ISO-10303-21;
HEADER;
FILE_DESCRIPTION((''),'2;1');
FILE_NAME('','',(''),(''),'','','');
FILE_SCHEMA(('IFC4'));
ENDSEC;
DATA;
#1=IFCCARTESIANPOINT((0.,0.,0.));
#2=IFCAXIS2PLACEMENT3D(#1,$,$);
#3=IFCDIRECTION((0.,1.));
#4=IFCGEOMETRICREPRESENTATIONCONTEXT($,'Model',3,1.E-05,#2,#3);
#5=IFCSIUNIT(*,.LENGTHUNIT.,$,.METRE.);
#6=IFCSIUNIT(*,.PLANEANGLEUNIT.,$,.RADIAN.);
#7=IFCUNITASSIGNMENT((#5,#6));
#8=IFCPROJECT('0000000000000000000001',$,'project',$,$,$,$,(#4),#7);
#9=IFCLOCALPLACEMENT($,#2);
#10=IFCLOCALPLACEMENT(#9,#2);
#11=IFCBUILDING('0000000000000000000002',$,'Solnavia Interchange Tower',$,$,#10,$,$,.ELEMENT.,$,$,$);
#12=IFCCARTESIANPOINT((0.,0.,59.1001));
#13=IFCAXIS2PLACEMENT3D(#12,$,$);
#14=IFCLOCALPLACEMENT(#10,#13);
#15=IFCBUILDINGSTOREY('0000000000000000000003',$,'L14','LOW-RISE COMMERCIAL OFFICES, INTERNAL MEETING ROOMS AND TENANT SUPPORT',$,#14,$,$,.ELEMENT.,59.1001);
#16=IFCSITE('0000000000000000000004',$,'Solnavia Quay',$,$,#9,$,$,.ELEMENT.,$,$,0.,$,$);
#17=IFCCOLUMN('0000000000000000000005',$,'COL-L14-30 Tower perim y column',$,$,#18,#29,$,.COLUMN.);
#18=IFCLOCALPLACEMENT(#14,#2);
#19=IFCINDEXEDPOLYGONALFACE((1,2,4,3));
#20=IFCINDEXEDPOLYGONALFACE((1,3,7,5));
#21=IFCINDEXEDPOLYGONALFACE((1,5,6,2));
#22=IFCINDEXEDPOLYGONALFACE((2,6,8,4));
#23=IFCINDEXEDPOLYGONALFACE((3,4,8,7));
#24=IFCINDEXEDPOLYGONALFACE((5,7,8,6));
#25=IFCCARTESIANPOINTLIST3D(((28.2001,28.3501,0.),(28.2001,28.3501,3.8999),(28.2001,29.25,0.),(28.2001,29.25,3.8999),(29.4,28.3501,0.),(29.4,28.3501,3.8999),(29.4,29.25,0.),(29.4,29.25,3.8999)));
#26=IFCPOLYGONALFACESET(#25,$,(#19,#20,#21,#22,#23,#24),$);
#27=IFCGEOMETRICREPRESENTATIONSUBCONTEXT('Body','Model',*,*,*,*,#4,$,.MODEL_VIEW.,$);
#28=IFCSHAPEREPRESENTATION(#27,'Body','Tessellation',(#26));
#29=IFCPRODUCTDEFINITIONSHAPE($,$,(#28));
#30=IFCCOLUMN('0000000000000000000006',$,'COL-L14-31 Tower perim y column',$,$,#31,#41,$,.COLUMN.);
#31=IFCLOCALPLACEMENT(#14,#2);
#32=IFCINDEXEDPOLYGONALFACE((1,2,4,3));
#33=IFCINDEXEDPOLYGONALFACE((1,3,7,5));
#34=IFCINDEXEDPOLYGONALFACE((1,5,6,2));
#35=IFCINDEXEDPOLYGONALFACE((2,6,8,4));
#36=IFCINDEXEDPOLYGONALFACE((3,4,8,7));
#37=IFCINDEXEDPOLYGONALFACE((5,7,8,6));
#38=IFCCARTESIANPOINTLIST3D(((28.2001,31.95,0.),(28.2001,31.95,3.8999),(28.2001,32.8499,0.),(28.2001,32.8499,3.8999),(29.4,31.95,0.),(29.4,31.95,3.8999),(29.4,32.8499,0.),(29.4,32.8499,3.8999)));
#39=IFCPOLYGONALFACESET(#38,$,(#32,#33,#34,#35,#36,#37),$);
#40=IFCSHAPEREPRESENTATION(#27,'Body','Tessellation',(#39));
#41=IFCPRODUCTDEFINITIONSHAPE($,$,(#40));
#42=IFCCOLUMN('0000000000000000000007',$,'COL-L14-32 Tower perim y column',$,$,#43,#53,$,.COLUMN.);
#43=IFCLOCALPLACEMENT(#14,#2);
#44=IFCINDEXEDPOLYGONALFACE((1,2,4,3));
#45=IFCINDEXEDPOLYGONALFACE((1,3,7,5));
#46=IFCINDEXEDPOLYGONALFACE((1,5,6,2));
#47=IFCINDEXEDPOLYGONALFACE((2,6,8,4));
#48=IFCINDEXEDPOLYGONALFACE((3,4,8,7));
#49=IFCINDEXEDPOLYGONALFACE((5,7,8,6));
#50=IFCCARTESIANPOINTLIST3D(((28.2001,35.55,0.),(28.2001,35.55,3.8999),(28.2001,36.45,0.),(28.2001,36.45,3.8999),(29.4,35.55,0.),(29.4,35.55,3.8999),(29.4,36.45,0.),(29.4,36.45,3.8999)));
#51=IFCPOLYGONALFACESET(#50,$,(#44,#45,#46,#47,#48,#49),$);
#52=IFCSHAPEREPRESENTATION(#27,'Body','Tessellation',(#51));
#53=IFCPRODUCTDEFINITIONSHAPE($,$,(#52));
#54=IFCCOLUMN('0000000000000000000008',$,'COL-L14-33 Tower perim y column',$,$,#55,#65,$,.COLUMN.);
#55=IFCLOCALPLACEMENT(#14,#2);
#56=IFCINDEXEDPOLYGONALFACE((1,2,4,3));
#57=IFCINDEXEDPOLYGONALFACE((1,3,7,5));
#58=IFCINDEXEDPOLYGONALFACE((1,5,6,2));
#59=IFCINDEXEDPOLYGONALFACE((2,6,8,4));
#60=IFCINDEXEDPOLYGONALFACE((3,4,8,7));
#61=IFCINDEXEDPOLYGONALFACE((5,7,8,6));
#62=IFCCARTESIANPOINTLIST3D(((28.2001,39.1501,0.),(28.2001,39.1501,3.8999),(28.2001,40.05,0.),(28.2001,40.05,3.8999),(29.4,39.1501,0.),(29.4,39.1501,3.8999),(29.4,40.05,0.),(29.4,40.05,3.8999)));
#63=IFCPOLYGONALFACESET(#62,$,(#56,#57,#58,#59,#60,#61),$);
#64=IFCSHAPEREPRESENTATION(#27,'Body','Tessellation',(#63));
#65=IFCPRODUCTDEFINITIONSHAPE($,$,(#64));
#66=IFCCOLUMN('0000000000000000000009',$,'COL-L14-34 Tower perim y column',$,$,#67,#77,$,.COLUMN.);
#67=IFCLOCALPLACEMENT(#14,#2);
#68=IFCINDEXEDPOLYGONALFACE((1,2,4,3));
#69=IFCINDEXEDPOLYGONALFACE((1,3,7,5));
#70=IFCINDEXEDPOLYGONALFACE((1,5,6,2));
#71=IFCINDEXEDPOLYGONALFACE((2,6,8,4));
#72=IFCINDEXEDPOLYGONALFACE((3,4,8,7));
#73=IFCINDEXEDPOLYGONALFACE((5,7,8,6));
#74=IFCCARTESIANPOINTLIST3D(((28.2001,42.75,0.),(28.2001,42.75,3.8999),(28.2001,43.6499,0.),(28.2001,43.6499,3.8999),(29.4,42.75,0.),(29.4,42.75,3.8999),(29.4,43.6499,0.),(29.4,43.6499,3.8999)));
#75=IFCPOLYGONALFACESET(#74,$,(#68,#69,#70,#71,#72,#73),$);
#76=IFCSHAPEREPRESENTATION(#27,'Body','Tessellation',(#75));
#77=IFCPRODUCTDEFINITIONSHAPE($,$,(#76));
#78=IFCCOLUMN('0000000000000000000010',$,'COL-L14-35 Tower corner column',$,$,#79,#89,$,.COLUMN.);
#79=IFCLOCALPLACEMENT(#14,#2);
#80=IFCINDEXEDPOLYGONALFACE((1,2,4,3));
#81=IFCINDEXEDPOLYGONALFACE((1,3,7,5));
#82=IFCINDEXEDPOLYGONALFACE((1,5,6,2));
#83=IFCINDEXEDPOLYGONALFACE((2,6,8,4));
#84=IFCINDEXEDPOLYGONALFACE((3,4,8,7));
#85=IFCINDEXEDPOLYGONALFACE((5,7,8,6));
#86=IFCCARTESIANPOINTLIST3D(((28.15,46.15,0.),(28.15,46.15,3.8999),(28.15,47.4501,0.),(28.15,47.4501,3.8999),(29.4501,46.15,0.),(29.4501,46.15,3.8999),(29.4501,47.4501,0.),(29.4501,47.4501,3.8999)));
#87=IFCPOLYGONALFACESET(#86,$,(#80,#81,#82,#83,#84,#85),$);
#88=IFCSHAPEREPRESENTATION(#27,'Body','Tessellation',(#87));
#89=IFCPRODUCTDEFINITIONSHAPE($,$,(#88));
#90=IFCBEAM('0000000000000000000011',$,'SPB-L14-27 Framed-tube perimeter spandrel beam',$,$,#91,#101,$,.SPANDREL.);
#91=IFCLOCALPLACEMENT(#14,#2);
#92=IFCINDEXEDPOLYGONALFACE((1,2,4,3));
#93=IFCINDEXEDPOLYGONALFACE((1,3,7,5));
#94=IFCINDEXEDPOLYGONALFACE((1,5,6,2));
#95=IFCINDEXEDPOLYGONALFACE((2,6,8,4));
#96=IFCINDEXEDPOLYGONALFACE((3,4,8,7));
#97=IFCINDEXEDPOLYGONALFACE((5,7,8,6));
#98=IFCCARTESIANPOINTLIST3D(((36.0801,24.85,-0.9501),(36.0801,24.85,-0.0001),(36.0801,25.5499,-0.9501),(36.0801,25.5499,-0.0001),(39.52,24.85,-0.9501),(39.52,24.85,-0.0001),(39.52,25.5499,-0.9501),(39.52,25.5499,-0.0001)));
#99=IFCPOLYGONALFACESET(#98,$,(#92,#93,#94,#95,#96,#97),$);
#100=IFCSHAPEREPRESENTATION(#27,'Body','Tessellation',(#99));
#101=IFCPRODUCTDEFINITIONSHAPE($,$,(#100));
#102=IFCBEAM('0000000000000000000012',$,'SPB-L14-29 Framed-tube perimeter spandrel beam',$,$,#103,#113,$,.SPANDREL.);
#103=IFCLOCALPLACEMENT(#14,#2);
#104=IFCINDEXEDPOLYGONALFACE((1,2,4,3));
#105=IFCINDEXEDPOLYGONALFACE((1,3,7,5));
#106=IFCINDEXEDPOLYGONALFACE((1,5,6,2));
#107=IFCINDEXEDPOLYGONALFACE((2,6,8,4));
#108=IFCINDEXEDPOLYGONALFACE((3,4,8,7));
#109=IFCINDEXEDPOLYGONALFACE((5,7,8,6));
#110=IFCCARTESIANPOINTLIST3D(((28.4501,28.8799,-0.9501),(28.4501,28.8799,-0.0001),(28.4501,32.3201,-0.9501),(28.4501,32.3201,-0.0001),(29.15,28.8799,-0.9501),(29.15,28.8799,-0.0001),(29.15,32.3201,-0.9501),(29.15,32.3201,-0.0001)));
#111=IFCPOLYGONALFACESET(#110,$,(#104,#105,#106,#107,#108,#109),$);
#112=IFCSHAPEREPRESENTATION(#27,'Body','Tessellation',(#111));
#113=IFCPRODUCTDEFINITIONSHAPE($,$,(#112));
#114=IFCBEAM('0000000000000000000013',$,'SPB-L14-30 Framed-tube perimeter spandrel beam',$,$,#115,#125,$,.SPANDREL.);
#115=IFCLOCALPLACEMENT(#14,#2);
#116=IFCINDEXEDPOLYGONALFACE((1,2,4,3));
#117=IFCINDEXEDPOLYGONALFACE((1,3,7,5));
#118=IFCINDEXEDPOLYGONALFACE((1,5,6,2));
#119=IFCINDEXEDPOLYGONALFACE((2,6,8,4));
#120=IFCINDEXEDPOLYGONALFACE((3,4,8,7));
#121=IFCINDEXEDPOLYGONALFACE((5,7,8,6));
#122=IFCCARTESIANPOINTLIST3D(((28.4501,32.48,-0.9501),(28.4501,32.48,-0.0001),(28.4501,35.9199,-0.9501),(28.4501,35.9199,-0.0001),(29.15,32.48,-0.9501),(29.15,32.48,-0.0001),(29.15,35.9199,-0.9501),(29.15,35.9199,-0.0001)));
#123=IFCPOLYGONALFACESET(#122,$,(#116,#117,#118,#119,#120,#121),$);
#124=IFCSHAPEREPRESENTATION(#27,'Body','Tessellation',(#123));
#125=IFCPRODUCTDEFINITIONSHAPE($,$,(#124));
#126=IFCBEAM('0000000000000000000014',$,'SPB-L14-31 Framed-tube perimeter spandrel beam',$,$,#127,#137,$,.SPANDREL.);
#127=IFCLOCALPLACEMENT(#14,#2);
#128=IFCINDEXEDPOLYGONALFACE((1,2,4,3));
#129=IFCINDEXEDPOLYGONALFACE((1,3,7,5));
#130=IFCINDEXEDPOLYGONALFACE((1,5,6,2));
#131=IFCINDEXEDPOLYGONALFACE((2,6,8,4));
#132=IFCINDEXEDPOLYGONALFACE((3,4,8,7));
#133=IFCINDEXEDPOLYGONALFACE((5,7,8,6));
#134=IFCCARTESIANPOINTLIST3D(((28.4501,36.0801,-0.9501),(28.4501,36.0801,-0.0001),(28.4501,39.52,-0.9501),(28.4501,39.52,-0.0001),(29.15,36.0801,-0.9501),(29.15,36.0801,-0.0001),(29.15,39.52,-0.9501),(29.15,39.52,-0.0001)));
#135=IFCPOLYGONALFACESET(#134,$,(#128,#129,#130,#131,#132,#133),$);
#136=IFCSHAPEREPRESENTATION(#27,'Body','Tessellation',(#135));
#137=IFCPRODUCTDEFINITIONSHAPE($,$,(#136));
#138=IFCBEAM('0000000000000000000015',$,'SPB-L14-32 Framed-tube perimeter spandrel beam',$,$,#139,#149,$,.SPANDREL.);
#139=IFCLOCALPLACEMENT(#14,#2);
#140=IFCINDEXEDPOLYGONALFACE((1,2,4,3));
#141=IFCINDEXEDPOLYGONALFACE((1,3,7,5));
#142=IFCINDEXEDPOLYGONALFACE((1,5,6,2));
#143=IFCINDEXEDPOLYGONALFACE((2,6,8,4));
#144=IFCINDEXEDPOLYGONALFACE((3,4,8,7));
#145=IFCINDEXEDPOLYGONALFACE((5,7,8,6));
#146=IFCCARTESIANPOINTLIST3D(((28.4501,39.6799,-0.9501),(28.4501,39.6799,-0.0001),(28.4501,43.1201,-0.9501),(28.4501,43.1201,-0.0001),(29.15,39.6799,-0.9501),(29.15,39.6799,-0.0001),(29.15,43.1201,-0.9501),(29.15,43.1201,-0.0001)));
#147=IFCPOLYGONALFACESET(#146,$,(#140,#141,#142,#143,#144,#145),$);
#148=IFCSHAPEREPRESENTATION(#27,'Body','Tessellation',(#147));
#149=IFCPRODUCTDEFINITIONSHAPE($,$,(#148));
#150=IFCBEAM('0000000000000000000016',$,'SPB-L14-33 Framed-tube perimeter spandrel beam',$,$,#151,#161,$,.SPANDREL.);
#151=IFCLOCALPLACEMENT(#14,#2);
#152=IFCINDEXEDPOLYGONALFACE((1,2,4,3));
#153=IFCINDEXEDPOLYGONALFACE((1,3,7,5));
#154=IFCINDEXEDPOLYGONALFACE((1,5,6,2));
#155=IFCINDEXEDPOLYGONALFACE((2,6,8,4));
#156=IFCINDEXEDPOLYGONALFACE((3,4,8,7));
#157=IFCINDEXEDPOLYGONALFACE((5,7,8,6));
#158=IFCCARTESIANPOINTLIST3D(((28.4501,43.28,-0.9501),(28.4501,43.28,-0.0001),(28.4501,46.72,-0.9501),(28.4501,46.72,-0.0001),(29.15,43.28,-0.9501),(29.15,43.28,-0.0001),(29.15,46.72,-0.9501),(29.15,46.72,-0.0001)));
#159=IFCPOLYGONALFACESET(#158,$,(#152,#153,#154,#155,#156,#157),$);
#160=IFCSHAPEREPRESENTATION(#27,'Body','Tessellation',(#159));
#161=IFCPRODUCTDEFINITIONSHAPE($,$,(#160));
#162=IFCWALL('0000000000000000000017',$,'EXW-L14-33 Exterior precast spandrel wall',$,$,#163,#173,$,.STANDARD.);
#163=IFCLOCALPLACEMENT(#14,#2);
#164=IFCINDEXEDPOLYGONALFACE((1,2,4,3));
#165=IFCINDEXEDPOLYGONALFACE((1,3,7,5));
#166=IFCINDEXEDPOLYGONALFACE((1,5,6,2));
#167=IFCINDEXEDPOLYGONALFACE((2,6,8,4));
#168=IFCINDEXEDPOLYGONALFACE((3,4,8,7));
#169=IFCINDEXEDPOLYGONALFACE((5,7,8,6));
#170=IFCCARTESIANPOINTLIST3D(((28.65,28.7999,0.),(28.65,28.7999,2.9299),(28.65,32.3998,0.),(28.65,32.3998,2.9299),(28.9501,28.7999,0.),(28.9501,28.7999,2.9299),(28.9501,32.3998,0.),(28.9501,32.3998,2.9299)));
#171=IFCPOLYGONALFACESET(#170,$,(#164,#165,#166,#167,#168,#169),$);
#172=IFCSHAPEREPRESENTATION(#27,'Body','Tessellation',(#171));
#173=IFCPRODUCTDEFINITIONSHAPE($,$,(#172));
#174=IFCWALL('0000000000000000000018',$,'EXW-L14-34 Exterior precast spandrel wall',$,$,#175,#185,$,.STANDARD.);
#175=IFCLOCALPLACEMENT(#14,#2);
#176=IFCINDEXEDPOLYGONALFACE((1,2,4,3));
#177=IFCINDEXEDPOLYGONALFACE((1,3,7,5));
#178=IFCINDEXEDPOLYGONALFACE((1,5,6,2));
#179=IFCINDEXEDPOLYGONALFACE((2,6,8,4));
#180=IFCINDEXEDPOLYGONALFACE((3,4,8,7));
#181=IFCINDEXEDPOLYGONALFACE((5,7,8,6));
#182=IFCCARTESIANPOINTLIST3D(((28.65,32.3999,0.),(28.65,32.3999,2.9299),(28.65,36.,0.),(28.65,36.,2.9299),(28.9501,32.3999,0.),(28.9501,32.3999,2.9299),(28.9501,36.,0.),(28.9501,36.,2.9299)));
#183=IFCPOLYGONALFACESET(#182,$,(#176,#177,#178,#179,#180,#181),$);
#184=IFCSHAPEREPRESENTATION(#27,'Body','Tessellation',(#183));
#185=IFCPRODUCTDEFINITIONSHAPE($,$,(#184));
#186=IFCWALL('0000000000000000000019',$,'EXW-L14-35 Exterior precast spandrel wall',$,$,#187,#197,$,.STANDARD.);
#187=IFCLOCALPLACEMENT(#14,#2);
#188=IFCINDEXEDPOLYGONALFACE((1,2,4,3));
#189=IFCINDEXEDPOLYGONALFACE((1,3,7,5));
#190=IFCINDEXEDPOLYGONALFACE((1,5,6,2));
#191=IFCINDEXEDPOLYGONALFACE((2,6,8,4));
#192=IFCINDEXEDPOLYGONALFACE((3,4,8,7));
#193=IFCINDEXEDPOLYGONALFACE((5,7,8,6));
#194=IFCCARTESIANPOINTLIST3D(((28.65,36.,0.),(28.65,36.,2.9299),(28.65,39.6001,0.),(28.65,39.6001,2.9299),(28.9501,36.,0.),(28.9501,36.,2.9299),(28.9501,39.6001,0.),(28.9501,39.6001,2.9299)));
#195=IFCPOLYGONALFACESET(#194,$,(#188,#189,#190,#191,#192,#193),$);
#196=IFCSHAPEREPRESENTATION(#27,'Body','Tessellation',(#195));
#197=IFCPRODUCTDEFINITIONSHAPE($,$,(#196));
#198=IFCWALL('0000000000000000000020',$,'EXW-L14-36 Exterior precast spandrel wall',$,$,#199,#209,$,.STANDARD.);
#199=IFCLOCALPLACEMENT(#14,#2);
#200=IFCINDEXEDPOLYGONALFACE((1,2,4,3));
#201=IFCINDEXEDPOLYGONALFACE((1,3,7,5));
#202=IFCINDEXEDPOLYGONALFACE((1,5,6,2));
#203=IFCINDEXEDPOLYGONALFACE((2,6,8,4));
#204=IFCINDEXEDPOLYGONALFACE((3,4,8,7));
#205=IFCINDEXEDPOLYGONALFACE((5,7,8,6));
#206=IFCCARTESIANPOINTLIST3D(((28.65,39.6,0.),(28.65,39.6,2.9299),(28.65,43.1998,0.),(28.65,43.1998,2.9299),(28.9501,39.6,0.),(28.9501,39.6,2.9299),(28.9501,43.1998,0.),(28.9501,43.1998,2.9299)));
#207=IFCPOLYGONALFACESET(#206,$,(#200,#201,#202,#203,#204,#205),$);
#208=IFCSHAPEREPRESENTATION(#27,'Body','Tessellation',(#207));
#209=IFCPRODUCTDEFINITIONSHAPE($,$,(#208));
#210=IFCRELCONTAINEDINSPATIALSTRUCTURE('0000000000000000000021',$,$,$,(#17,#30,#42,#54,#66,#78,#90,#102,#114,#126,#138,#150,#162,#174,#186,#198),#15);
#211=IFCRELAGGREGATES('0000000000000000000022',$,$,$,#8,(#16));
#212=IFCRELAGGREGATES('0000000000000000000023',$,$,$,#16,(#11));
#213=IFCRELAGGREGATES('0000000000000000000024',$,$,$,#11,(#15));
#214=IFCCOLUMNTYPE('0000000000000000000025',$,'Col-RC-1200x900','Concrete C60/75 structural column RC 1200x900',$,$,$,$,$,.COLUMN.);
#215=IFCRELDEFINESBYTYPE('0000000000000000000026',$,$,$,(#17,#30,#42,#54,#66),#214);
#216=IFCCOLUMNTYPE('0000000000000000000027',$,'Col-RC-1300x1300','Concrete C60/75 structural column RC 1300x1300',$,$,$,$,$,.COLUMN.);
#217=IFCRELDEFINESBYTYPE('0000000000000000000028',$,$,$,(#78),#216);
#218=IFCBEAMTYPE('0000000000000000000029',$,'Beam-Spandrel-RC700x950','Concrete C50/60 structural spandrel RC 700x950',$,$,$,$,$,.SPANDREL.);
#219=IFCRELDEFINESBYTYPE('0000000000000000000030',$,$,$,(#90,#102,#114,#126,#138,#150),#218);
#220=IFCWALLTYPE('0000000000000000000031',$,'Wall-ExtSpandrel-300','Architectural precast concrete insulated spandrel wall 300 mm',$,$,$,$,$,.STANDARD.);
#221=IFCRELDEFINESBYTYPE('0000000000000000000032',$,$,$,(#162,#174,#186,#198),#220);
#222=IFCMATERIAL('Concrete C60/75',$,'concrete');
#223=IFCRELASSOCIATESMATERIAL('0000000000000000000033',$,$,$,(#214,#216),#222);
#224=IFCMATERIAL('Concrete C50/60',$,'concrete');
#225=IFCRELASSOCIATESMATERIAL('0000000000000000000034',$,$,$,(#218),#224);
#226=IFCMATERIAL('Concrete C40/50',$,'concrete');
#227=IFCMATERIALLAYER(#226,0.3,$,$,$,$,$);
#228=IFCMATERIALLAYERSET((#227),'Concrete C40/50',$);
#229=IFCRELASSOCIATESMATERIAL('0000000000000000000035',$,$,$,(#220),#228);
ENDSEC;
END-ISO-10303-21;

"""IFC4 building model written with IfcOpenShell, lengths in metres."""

from ifc_helpers import new_model, si_unit, direction, frame, frame_2d, origin, origin_2d, place, context, subcontext, project, spatial, rectangle, extrude, material, layer, layer_set, material_profile, profile_set, type_object, element, save


model = new_model("IFC4")

# Units and contexts
model_context = context("Model", 3, precision=1e-05, world=origin(), true_north=direction((0.0, 1.0)))
body_context = subcontext(model_context, "Body", "Model", "MODEL_VIEW")
ifc_project = project(units=[si_unit("LENGTHUNIT", "METRE"), si_unit("PLANEANGLEUNIT", "RADIAN")], contexts=[model_context])

# Site, building, storey
site_placement = place(None, origin())
site = spatial("IfcSite", under=ifc_project, at=site_placement, Name="Solnavia Quay", CompositionType="ELEMENT", RefElevation=0.0)
building_placement = place(site_placement, origin())
building = spatial("IfcBuilding", under=site, at=building_placement, Name="Solnavia Interchange Tower", CompositionType="ELEMENT")
storey_placement = place(building_placement, frame((0.0, 0.0, 59.1001)))
storey = spatial("IfcBuildingStorey", under=building, at=storey_placement, Name="L14", Description="LOW-RISE COMMERCIAL OFFICES, INTERNAL MEETING ROOMS AND TENANT SUPPORT", CompositionType="ELEMENT", Elevation=59.1001)

# Columns
ifc_material_1 = material(Name="Concrete C60/75", Category="concrete")
ifc_material_profile_1 = material_profile(ifc_material_1, rectangle(XDim=0.8999, YDim=1.2, at=origin_2d()), Name="RC 1200x900")
ifc_profile_set_1 = profile_set([ifc_material_profile_1], Name="Concrete C60/75")
column_type_1 = type_object("IfcColumnType", Name="Col-RC-1200x900", Description="Concrete C60/75 structural column RC 1200x900", PredefinedType="COLUMN", material=ifc_profile_set_1)
for number, where, z_axis, x_axis, name in (
    (1, (28.8, 28.8, 0.0), (0.0, 0.0, 1.0), (0.0, 1.0, 0.0), "COL-L14-30 Tower perim y column"),
    (2, (28.8, 32.3999, 0.0), (0.0, 0.0, 1.0), (0.0, 1.0, 0.0), "COL-L14-31 Tower perim y column"),
    (3, (28.8, 36.0, 0.0), (0.0, 0.0, 1.0), (0.0, 1.0, 0.0), "COL-L14-32 Tower perim y column"),
    (4, (28.8, 39.6001, 0.0), (0.0, 0.0, 1.0), (0.0, 1.0, 0.0), "COL-L14-33 Tower perim y column"),
    (5, (28.8, 43.2, 0.0), (0.0, 0.0, 1.0), (0.0, 1.0, 0.0), "COL-L14-34 Tower perim y column"),
):
    element("IfcColumn", number, at=place(storey_placement, frame(where, z_axis=z_axis, x_axis=x_axis)), inside=storey, type_object=column_type_1, Name=name, PredefinedType="COLUMN", context=body_context, shape_type="SweptSolid", body=[
        extrude(rectangle(XDim=0.8999, YDim=1.2, at=origin_2d()), origin(), (0.0, 0.0, 1.0), 3.8999),
    ])
ifc_material_profile_2 = material_profile(ifc_material_1, rectangle(XDim=1.3, YDim=1.3, at=origin_2d()), Name="RC 1300x1300")
ifc_profile_set_2 = profile_set([ifc_material_profile_2], Name="Concrete C60/75")
column_type_2 = type_object("IfcColumnType", Name="Col-RC-1300x1300", Description="Concrete C60/75 structural column RC 1300x1300", PredefinedType="COLUMN", material=ifc_profile_set_2)
column_placement = place(storey_placement, frame((28.8, 46.8, 0.0), z_axis=(0.0, 0.0, 1.0), x_axis=(0.0, 1.0, 0.0)))
element("IfcColumn", 6, at=column_placement, inside=storey, type_object=column_type_2, Name="COL-L14-35 Tower corner column", PredefinedType="COLUMN", context=body_context, shape_type="SweptSolid", body=[
    extrude(rectangle(XDim=1.3, YDim=1.3, at=origin_2d()), origin(), (0.0, 0.0, 1.0), 3.8999),
])

# Beams
ifc_material_2 = material(Name="Concrete C50/60", Category="concrete")
ifc_material_profile_3 = material_profile(ifc_material_2, rectangle(XDim=0.7, YDim=0.95, at=origin_2d()), Name="RC 700x950")
ifc_profile_set_3 = profile_set([ifc_material_profile_3], Name="Concrete C50/60")
beam_type = type_object("IfcBeamType", Name="Beam-Spandrel-RC700x950", Description="Concrete C50/60 structural spandrel RC 700x950", PredefinedType="SPANDREL", material=ifc_profile_set_3)
beam_1_placement = place(storey_placement, frame((39.52, 25.2, -0.4751), z_axis=(-1.0, 0.0, 0.0), x_axis=(0.0, -1.0, 0.0)))
element("IfcBeam", 7, at=beam_1_placement, inside=storey, type_object=beam_type, Name="SPB-L14-27 Framed-tube perimeter spandrel beam", PredefinedType="SPANDREL", context=body_context, shape_type="SweptSolid", body=[
    extrude(rectangle(XDim=0.7, YDim=0.95, at=origin_2d()), origin(), (0.0, 0.0, 1.0), 3.4399),
])
beam_2_placement = place(storey_placement, frame((28.8, 28.8799, -0.4751), z_axis=(0.0, 1.0, 0.0), x_axis=(-1.0, 0.0, 0.0)))
element("IfcBeam", 8, at=beam_2_placement, inside=storey, type_object=beam_type, Name="SPB-L14-29 Framed-tube perimeter spandrel beam", PredefinedType="SPANDREL", context=body_context, shape_type="SweptSolid", body=[
    extrude(rectangle(XDim=0.7, YDim=0.95, at=origin_2d()), origin(), (0.0, 0.0, 1.0), 3.4402),
])
for number, where, z_axis, x_axis, name in (
    (9, (28.8, 32.48, -0.4751), (0.0, 1.0, 0.0), (-1.0, 0.0, 0.0), "SPB-L14-30 Framed-tube perimeter spandrel beam"),
    (10, (28.8, 36.0801, -0.4751), (0.0, 1.0, 0.0), (-1.0, 0.0, 0.0), "SPB-L14-31 Framed-tube perimeter spandrel beam"),
):
    element("IfcBeam", number, at=place(storey_placement, frame(where, z_axis=z_axis, x_axis=x_axis)), inside=storey, type_object=beam_type, Name=name, PredefinedType="SPANDREL", context=body_context, shape_type="SweptSolid", body=[
        extrude(rectangle(XDim=0.7, YDim=0.95, at=origin_2d()), origin(), (0.0, 0.0, 1.0), 3.4399),
    ])
beam_3_placement = place(storey_placement, frame((28.8, 39.6799, -0.4751), z_axis=(0.0, 1.0, 0.0), x_axis=(-1.0, 0.0, 0.0)))
element("IfcBeam", 11, at=beam_3_placement, inside=storey, type_object=beam_type, Name="SPB-L14-32 Framed-tube perimeter spandrel beam", PredefinedType="SPANDREL", context=body_context, shape_type="SweptSolid", body=[
    extrude(rectangle(XDim=0.7, YDim=0.95, at=origin_2d()), origin(), (0.0, 0.0, 1.0), 3.4402),
])
beam_4_placement = place(storey_placement, frame((28.8, 43.28, -0.4751), z_axis=(0.0, 1.0, 0.0), x_axis=(-1.0, 0.0, 0.0)))
element("IfcBeam", 12, at=beam_4_placement, inside=storey, type_object=beam_type, Name="SPB-L14-33 Framed-tube perimeter spandrel beam", PredefinedType="SPANDREL", context=body_context, shape_type="SweptSolid", body=[
    extrude(rectangle(XDim=0.7, YDim=0.95, at=origin_2d()), origin(), (0.0, 0.0, 1.0), 3.4399),
])

# Walls
ifc_material_3 = material(Name="Concrete C40/50", Category="concrete")
ifc_layer = layer(ifc_material_3, 0.3)
ifc_layer_set = layer_set([ifc_layer], Name="Concrete C40/50")
wall_type = type_object("IfcWallType", Name="Wall-ExtSpandrel-300", Description="Architectural precast concrete insulated spandrel wall 300 mm", PredefinedType="STANDARD", material=ifc_layer_set)
wall_1_placement = place(storey_placement, frame((28.8, 28.8, 0.0), z_axis=(0.0, 0.0, 1.0), x_axis=(0.0, 1.0, 0.0)))
element("IfcWall", 13, at=wall_1_placement, inside=storey, type_object=wall_type, Name="EXW-L14-33 Exterior precast spandrel wall", PredefinedType="STANDARD", context=body_context, shape_type="SweptSolid", body=[
    extrude(rectangle(XDim=3.5999, YDim=0.3, at=frame_2d((1.7998, 0.0))), origin(), (0.0, 0.0, 1.0), 2.9299),
])
for number, where, z_axis, x_axis, name in (
    (14, (28.8, 32.3999, 0.0), (0.0, 0.0, 1.0), (0.0, 1.0, 0.0), "EXW-L14-34 Exterior precast spandrel wall"),
    (15, (28.8, 36.0, 0.0), (0.0, 0.0, 1.0), (0.0, 1.0, 0.0), "EXW-L14-35 Exterior precast spandrel wall"),
):
    element("IfcWall", number, at=place(storey_placement, frame(where, z_axis=z_axis, x_axis=x_axis)), inside=storey, type_object=wall_type, Name=name, PredefinedType="STANDARD", context=body_context, shape_type="SweptSolid", body=[
        extrude(rectangle(XDim=3.6001, YDim=0.3, at=frame_2d((1.8, 0.0))), origin(), (0.0, 0.0, 1.0), 2.9299),
    ])
wall_2_placement = place(storey_placement, frame((28.8, 39.6001, 0.0), z_axis=(0.0, 0.0, 1.0), x_axis=(0.0, 1.0, 0.0)))
element("IfcWall", 16, at=wall_2_placement, inside=storey, type_object=wall_type, Name="EXW-L14-36 Exterior precast spandrel wall", PredefinedType="STANDARD", context=body_context, shape_type="SweptSolid", body=[
    extrude(rectangle(XDim=3.5999, YDim=0.3, at=frame_2d((1.7998, 0.0))), origin(), (0.0, 0.0, 1.0), 2.9299),
])

save(model, "model.ifc")
